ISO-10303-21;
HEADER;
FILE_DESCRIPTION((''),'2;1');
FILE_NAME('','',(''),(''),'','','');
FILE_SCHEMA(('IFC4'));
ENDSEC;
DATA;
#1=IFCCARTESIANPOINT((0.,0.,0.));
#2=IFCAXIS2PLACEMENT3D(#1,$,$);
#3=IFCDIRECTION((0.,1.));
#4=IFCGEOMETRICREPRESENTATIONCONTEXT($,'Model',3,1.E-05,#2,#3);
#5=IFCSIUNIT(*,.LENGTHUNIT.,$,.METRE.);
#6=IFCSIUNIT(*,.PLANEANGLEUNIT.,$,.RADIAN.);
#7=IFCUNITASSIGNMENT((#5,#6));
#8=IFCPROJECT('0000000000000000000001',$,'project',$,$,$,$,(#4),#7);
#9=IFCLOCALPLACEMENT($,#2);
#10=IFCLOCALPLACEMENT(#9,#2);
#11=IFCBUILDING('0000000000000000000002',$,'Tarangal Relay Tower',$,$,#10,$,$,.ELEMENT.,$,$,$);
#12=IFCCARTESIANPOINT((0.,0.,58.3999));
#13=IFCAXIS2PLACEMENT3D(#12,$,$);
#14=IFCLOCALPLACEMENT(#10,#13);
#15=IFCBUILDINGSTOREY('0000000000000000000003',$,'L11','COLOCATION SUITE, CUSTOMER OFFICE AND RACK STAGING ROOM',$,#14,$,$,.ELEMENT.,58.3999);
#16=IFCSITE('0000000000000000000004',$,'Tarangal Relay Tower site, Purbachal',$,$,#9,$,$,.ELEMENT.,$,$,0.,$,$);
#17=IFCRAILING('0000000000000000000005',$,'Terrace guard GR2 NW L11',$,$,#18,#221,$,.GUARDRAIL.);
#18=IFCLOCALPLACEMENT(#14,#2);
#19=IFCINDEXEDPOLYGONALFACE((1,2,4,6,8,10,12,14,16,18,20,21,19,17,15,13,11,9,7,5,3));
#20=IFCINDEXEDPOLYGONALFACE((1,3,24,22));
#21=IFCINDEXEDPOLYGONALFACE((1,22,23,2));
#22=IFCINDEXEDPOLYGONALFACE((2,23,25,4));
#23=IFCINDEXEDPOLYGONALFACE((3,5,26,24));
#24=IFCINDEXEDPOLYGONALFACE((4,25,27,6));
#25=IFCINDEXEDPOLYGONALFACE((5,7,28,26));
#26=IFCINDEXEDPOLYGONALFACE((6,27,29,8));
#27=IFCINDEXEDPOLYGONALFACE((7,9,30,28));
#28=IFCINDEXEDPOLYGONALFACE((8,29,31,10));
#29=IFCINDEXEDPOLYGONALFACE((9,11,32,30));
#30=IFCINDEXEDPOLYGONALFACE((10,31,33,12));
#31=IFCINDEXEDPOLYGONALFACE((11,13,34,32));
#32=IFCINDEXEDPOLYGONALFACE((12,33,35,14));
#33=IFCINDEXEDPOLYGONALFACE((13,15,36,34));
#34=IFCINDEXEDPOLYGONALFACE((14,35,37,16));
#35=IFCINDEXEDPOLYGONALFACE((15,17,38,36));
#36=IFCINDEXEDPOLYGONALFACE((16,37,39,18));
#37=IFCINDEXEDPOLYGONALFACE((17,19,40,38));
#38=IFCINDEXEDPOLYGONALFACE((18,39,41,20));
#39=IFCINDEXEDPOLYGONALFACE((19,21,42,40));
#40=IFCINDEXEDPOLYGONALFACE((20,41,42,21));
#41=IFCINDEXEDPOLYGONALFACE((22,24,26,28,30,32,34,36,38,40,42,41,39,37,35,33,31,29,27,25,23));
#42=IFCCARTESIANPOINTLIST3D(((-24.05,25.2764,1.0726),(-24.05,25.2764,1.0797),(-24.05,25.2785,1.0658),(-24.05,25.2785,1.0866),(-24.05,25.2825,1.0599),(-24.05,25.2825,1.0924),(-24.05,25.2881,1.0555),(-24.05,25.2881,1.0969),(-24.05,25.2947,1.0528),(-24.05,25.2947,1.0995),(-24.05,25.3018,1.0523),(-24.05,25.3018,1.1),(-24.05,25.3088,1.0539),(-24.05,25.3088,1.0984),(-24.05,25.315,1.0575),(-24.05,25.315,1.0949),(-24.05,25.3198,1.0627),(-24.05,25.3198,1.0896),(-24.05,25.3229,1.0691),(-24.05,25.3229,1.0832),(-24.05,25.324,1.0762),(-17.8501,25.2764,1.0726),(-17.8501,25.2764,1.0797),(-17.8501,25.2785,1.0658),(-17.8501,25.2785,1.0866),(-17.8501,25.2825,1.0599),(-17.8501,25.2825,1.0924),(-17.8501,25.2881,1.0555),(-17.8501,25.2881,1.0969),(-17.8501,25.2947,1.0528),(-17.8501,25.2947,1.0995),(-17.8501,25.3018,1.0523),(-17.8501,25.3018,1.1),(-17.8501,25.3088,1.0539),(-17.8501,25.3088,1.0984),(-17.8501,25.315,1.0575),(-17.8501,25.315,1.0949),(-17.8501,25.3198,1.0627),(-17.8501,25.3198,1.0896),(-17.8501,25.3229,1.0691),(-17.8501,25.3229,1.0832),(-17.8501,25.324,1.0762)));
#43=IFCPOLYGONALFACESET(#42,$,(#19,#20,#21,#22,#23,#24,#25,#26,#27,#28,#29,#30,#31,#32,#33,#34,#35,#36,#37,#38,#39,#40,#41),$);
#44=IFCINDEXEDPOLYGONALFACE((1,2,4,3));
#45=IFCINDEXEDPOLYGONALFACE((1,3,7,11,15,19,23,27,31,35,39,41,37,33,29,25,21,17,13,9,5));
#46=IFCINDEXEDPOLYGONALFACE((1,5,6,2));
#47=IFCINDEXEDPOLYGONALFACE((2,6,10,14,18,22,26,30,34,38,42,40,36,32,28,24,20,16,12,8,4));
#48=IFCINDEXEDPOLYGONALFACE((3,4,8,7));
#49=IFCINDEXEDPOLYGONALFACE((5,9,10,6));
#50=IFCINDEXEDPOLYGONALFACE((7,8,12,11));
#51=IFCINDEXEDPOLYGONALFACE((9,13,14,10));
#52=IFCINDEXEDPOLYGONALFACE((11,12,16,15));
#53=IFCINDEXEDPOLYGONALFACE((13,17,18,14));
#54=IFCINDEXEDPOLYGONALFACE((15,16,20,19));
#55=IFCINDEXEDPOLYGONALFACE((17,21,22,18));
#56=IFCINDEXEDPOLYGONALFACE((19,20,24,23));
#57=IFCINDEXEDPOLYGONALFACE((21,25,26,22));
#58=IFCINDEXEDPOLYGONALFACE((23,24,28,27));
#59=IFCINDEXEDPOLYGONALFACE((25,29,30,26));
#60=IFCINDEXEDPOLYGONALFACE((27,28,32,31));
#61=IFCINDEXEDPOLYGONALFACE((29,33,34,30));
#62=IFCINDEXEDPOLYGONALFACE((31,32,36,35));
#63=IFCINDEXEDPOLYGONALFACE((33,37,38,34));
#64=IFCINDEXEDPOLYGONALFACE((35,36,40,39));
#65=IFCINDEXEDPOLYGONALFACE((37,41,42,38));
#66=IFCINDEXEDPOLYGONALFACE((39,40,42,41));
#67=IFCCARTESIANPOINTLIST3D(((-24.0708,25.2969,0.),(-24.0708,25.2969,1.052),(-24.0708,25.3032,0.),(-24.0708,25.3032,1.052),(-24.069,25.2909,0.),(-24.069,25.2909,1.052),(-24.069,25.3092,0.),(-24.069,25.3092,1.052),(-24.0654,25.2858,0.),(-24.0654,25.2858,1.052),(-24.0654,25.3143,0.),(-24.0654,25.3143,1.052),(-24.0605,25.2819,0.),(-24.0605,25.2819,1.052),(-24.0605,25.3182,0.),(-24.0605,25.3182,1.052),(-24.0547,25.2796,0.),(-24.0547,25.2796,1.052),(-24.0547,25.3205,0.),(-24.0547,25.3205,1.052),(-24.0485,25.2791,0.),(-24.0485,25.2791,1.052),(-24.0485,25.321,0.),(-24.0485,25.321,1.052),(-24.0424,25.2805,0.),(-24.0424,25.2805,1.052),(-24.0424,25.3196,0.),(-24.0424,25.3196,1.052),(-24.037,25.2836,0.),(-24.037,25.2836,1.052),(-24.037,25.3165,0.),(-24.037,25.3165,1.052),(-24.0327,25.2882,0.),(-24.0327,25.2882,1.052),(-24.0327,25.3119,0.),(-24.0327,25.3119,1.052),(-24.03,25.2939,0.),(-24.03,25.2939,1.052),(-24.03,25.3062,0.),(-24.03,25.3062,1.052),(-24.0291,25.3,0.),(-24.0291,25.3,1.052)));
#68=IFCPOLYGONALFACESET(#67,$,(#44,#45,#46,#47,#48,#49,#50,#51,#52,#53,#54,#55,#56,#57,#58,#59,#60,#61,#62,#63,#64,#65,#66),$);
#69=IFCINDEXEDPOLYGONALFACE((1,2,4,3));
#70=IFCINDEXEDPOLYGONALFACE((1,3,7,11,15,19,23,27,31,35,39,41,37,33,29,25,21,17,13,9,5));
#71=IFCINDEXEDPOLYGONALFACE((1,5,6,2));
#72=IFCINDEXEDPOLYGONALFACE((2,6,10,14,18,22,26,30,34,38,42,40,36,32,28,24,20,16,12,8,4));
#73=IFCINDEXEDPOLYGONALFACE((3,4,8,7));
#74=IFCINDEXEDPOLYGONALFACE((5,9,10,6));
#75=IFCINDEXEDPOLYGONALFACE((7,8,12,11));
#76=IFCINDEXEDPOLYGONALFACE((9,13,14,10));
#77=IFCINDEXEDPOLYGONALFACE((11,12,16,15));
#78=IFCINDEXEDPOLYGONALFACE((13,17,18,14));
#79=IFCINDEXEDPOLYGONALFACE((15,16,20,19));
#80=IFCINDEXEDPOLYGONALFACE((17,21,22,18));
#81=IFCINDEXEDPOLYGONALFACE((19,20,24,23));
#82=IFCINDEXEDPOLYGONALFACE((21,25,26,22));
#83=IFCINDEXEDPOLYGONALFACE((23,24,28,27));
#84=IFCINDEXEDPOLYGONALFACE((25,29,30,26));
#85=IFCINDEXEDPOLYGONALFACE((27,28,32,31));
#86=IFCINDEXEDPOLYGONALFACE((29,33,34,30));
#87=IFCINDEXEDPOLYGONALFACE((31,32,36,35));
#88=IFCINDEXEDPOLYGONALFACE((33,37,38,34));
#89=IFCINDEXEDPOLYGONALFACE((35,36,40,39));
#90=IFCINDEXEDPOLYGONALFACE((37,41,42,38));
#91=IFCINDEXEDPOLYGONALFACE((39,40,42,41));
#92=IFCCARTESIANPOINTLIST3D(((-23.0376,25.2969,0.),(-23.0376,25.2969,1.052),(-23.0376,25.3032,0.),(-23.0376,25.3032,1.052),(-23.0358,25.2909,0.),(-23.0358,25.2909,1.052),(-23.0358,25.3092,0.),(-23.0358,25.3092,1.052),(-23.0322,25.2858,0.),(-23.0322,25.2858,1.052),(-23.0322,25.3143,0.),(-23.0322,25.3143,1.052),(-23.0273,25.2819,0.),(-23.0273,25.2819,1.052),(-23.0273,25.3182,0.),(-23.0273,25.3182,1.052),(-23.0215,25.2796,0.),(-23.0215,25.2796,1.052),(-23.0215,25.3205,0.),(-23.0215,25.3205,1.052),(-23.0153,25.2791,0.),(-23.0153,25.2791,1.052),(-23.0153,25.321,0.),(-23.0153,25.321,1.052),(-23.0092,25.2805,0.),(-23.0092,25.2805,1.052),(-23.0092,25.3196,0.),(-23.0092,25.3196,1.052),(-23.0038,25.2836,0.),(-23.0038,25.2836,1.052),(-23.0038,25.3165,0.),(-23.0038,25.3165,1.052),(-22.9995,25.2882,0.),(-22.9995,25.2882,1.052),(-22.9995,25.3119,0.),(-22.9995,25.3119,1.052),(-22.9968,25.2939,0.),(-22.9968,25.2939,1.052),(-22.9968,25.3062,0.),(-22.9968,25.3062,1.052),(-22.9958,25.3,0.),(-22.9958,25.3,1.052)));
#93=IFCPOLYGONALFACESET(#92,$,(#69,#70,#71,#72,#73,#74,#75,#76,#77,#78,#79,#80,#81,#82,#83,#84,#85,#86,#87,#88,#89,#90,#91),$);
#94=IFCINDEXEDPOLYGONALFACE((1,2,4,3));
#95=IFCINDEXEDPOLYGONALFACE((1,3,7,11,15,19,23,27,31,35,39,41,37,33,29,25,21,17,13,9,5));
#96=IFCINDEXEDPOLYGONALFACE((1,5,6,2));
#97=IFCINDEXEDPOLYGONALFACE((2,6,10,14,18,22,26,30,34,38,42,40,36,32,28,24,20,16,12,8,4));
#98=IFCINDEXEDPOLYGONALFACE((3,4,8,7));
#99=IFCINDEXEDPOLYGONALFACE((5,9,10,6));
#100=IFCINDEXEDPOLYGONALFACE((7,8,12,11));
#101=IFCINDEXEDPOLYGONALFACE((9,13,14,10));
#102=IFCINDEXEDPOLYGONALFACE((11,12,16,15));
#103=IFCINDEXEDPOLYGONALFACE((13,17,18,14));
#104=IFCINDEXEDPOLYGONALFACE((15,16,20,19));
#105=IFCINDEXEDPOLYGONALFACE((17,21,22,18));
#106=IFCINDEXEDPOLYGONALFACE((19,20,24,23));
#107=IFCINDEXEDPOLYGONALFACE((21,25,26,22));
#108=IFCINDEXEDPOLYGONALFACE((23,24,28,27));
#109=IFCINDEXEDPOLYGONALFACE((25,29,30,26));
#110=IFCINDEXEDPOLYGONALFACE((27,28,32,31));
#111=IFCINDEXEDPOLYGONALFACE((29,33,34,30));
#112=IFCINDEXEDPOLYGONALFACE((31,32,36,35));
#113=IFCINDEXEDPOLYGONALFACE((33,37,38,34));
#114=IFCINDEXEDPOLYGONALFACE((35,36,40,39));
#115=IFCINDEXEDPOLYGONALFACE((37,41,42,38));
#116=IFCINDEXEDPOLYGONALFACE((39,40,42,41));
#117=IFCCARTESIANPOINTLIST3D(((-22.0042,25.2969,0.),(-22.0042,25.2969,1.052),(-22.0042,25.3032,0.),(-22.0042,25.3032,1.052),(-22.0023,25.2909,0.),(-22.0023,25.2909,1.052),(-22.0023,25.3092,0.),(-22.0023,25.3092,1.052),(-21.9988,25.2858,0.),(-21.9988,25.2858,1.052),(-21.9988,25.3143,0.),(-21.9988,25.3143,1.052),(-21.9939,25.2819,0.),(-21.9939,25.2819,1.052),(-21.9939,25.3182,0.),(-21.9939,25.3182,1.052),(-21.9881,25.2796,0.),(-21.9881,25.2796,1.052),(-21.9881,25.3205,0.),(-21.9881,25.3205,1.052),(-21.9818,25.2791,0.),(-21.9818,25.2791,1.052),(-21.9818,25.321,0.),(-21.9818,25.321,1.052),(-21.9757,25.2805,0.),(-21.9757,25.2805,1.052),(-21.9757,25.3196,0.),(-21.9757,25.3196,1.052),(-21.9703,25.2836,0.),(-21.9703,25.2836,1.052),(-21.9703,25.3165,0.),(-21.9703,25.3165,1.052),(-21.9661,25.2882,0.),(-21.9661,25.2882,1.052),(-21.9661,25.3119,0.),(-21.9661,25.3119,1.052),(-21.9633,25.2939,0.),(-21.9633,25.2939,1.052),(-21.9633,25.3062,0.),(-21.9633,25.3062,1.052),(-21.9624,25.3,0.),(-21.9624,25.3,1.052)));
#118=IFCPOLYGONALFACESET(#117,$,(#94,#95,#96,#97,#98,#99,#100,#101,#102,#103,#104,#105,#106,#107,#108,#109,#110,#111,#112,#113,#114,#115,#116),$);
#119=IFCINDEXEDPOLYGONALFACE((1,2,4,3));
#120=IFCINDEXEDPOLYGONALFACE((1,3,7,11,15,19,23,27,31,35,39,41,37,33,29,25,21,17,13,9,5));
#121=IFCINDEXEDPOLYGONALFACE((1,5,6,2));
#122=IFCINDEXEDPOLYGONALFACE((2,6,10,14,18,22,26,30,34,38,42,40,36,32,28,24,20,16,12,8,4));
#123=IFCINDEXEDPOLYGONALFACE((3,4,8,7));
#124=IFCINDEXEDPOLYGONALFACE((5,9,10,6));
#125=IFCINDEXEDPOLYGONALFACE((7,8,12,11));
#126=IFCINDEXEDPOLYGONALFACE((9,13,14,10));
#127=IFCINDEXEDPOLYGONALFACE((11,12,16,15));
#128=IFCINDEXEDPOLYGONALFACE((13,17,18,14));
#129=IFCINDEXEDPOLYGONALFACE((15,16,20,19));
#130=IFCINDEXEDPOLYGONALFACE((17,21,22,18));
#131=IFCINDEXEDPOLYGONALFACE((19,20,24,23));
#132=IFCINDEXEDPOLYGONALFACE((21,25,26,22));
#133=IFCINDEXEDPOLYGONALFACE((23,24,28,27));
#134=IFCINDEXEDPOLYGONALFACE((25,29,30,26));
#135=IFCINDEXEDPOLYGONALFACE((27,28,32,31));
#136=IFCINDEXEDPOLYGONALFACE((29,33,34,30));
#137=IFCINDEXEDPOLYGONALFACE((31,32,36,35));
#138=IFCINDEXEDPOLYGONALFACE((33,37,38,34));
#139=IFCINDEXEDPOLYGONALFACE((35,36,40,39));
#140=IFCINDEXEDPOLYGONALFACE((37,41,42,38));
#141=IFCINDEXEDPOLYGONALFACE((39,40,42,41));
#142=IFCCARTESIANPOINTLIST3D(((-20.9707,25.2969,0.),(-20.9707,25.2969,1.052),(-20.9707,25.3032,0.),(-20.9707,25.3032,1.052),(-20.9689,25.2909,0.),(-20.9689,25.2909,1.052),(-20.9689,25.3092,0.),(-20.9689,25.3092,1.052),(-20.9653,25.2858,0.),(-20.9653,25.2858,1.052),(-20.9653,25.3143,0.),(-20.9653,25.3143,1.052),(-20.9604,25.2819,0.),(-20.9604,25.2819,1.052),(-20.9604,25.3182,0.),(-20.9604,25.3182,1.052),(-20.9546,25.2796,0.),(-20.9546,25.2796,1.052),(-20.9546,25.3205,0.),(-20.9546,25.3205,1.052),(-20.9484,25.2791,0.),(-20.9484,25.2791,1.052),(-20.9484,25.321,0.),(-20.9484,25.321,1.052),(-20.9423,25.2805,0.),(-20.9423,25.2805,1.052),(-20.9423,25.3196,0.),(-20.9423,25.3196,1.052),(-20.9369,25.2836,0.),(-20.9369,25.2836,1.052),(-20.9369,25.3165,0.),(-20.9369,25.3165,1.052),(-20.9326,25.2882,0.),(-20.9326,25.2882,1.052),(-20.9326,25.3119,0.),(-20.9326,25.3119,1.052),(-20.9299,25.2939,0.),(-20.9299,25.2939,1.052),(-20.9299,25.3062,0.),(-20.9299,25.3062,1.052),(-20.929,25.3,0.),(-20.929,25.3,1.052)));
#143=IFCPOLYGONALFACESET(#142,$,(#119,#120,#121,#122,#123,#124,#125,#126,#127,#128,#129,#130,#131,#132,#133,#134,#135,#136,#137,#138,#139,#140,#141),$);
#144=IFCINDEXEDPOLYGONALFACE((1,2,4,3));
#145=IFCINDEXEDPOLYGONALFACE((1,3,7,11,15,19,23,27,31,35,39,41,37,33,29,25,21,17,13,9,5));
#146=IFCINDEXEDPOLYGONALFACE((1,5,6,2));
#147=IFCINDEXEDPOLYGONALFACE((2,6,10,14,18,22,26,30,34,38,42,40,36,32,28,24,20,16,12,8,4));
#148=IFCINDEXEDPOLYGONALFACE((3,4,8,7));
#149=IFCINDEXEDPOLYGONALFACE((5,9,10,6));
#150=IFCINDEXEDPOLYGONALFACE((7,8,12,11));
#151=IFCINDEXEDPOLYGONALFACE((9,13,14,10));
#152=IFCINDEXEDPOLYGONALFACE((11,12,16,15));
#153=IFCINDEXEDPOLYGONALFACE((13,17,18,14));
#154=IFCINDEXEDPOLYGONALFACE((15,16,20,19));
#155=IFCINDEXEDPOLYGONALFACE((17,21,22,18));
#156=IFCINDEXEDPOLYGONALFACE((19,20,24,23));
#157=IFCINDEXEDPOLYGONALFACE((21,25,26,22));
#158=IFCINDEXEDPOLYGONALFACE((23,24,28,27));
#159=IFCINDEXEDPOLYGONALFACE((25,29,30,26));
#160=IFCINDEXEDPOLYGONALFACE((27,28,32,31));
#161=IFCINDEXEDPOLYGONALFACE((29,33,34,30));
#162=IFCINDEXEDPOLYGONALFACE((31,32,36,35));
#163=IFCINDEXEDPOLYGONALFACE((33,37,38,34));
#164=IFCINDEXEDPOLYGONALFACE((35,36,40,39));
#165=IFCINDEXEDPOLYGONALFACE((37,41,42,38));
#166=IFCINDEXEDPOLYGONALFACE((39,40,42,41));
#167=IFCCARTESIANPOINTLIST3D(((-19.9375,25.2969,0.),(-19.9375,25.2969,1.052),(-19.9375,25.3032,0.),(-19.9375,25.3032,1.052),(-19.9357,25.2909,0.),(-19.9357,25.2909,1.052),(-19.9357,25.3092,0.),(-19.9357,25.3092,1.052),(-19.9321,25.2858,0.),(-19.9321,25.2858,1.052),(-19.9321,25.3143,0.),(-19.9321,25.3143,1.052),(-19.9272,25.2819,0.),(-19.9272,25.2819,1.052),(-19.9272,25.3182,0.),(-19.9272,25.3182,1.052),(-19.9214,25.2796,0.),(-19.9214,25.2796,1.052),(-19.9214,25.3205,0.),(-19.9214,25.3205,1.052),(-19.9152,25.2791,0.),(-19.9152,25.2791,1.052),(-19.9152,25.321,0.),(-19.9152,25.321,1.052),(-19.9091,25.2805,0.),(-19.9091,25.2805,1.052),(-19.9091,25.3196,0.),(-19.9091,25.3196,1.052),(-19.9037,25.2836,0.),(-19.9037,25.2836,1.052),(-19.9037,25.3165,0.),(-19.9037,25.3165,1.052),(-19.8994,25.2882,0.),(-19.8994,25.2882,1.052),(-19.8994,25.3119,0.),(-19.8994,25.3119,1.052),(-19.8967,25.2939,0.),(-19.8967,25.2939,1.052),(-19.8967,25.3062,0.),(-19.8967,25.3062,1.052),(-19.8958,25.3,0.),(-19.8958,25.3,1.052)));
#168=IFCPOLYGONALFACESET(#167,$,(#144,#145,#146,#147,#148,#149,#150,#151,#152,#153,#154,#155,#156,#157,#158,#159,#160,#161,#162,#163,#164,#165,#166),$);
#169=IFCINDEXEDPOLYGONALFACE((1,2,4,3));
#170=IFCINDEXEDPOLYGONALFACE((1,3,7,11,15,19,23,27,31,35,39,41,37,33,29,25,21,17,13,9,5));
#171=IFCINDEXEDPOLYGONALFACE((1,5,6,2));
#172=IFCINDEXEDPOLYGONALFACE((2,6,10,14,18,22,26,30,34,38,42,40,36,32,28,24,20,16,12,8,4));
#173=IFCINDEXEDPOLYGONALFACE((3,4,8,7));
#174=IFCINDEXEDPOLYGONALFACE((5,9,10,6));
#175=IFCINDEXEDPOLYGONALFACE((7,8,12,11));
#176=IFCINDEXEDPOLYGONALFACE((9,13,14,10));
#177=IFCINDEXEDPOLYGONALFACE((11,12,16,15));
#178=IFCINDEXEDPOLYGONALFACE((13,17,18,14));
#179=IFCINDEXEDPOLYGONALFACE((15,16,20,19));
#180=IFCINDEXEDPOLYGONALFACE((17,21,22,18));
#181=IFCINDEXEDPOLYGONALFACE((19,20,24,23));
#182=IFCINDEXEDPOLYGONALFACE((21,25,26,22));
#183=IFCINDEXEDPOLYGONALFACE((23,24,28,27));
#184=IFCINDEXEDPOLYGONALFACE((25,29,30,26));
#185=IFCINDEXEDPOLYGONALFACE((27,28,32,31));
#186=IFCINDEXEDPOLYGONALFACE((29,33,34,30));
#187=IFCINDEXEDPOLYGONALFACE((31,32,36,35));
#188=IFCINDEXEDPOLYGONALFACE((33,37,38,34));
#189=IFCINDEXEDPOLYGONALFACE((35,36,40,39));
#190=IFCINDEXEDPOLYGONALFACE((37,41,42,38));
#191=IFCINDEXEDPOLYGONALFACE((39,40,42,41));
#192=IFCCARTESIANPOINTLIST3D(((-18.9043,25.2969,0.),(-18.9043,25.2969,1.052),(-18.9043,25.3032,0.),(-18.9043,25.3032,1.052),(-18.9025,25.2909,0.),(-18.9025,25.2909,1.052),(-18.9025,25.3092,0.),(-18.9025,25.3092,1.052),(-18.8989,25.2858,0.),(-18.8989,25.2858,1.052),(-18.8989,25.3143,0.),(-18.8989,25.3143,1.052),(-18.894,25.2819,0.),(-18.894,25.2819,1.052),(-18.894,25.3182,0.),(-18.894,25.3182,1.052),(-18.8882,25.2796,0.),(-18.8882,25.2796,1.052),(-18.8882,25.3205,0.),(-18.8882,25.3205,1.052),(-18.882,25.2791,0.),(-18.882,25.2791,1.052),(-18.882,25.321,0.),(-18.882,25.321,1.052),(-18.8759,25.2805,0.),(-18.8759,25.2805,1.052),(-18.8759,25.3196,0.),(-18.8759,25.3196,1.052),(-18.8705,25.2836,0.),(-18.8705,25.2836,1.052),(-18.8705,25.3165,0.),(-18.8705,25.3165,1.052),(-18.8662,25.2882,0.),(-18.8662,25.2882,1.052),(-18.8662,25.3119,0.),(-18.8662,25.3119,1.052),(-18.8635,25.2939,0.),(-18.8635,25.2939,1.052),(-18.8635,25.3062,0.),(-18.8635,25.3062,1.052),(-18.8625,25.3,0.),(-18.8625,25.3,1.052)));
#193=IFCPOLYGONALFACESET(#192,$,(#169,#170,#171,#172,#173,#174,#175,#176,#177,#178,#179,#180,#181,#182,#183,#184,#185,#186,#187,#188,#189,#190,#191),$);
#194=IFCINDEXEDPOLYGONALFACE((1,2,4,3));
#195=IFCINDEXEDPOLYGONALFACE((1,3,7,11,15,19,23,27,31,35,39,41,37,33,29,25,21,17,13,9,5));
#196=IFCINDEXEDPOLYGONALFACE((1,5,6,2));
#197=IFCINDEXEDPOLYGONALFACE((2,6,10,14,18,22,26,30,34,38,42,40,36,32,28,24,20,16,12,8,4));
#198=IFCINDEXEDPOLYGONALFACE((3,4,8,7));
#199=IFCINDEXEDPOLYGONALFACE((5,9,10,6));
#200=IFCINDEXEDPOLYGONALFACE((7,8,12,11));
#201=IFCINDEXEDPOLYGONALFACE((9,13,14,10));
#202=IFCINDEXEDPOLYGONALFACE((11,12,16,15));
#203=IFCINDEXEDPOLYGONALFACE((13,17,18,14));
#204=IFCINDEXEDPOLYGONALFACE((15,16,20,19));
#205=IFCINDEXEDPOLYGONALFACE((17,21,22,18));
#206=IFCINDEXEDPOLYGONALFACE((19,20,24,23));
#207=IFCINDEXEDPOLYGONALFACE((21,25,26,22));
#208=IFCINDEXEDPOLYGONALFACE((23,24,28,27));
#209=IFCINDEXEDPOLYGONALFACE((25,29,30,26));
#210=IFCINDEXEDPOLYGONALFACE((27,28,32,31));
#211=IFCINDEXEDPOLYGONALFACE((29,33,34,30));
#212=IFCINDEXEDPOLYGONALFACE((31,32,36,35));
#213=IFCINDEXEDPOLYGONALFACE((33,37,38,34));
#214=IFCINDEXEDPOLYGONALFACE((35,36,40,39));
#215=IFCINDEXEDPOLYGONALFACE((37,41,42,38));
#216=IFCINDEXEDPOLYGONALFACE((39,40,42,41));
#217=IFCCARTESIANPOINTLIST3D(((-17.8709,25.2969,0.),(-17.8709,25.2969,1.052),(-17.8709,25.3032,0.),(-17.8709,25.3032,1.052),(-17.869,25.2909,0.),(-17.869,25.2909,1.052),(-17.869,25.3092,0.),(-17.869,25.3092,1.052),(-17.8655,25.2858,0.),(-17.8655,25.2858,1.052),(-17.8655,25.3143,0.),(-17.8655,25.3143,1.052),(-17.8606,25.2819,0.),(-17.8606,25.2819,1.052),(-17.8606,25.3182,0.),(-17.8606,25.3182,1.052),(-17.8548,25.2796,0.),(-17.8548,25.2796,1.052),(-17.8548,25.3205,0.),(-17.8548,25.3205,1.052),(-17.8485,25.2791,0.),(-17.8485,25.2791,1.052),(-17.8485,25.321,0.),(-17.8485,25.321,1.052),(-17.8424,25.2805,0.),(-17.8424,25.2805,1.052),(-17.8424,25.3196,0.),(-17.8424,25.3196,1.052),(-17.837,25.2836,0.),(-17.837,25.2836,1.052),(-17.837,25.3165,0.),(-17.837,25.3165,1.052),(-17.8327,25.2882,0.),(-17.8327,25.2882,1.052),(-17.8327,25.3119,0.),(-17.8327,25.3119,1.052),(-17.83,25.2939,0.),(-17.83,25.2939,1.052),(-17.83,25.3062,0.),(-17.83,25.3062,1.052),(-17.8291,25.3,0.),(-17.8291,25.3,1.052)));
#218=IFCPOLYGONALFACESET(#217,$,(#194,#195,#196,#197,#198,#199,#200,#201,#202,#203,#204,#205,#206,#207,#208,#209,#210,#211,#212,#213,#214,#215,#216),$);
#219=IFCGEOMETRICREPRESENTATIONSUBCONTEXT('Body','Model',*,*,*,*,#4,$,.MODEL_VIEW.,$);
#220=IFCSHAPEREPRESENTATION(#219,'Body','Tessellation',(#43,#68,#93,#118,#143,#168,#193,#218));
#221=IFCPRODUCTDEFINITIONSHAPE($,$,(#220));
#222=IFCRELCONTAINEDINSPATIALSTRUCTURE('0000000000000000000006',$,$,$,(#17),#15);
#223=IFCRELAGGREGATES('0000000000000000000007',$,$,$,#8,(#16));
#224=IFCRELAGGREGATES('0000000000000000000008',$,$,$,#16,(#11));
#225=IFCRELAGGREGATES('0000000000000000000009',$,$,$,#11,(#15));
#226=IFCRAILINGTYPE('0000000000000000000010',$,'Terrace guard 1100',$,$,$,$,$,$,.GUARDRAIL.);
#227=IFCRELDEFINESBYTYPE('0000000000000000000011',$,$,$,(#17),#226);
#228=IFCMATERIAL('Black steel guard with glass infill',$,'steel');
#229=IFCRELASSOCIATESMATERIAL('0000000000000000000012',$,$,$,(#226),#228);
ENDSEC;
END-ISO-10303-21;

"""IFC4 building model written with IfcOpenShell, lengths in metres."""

from ifc_helpers import new_model, si_unit, direction, frame, origin, origin_2d, place, context, subcontext, project, spatial, circle, extrude, material, type_object, element, save


model = new_model("IFC4")

# Units and contexts
model_context = context("Model", 3, precision=1e-05, world=origin(), true_north=direction((0.0, 1.0)))
body_context = subcontext(model_context, "Body", "Model", "MODEL_VIEW")
ifc_project = project(units=[si_unit("LENGTHUNIT", "METRE"), si_unit("PLANEANGLEUNIT", "RADIAN")], contexts=[model_context])

# Site, building, storey
site_placement = place(None, origin())
site = spatial("IfcSite", under=ifc_project, at=site_placement, Name="Tarangal Relay Tower site, Purbachal", CompositionType="ELEMENT", RefElevation=0.0)
building_placement = place(site_placement, origin())
building = spatial("IfcBuilding", under=site, at=building_placement, Name="Tarangal Relay Tower", CompositionType="ELEMENT")
storey_placement = place(building_placement, frame((0.0, 0.0, 58.3999)))
storey = spatial("IfcBuildingStorey", under=building, at=storey_placement, Name="L11", Description="COLOCATION SUITE, CUSTOMER OFFICE AND RACK STAGING ROOM", CompositionType="ELEMENT", Elevation=58.3999)

# Railing
ifc_material_1 = material(Name="Black steel guard with glass infill", Category="steel")
railing_type = type_object("IfcRailingType", Name="Terrace guard 1100", PredefinedType="GUARDRAIL", material=ifc_material_1)
railing_1_placement = place(storey_placement, frame((-24.05, 25.3, 0.0)))
element("IfcRailing", 1, at=railing_1_placement, inside=storey, type_object=railing_type, Name="Terrace guard GR2 NW L11", PredefinedType="GUARDRAIL", context=body_context, shape_type="SweptSolid", body=[
    extrude(circle(Radius=0.0239, at=origin_2d()), frame((0.0, 0.0, 1.0762), z_axis=(1.0, 0.0, 0.0), x_axis=(0.0, 1.0, 0.0)), (0.0, 0.0, 1.0), 6.2),
    extrude(circle(Radius=0.021, at=origin_2d()), origin(), (0.0, 0.0, 1.0), 1.052),
    extrude(circle(Radius=0.021, at=origin_2d()), frame((1.0332, 0.0, 0.0)), (0.0, 0.0, 1.0), 1.052),
    extrude(circle(Radius=0.021, at=origin_2d()), frame((2.0667, 0.0, 0.0)), (0.0, 0.0, 1.0), 1.052),
    extrude(circle(Radius=0.021, at=origin_2d()), frame((3.1001, 0.0, 0.0)), (0.0, 0.0, 1.0), 1.052),
    extrude(circle(Radius=0.021, at=origin_2d()), frame((4.1333, 0.0, 0.0)), (0.0, 0.0, 1.0), 1.052),
    extrude(circle(Radius=0.021, at=origin_2d()), frame((5.1665, 0.0, 0.0)), (0.0, 0.0, 1.0), 1.052),
    extrude(circle(Radius=0.021, at=origin_2d()), frame((6.2, 0.0, 0.0)), (0.0, 0.0, 1.0), 1.052),
])

save(model, "model.ifc")
